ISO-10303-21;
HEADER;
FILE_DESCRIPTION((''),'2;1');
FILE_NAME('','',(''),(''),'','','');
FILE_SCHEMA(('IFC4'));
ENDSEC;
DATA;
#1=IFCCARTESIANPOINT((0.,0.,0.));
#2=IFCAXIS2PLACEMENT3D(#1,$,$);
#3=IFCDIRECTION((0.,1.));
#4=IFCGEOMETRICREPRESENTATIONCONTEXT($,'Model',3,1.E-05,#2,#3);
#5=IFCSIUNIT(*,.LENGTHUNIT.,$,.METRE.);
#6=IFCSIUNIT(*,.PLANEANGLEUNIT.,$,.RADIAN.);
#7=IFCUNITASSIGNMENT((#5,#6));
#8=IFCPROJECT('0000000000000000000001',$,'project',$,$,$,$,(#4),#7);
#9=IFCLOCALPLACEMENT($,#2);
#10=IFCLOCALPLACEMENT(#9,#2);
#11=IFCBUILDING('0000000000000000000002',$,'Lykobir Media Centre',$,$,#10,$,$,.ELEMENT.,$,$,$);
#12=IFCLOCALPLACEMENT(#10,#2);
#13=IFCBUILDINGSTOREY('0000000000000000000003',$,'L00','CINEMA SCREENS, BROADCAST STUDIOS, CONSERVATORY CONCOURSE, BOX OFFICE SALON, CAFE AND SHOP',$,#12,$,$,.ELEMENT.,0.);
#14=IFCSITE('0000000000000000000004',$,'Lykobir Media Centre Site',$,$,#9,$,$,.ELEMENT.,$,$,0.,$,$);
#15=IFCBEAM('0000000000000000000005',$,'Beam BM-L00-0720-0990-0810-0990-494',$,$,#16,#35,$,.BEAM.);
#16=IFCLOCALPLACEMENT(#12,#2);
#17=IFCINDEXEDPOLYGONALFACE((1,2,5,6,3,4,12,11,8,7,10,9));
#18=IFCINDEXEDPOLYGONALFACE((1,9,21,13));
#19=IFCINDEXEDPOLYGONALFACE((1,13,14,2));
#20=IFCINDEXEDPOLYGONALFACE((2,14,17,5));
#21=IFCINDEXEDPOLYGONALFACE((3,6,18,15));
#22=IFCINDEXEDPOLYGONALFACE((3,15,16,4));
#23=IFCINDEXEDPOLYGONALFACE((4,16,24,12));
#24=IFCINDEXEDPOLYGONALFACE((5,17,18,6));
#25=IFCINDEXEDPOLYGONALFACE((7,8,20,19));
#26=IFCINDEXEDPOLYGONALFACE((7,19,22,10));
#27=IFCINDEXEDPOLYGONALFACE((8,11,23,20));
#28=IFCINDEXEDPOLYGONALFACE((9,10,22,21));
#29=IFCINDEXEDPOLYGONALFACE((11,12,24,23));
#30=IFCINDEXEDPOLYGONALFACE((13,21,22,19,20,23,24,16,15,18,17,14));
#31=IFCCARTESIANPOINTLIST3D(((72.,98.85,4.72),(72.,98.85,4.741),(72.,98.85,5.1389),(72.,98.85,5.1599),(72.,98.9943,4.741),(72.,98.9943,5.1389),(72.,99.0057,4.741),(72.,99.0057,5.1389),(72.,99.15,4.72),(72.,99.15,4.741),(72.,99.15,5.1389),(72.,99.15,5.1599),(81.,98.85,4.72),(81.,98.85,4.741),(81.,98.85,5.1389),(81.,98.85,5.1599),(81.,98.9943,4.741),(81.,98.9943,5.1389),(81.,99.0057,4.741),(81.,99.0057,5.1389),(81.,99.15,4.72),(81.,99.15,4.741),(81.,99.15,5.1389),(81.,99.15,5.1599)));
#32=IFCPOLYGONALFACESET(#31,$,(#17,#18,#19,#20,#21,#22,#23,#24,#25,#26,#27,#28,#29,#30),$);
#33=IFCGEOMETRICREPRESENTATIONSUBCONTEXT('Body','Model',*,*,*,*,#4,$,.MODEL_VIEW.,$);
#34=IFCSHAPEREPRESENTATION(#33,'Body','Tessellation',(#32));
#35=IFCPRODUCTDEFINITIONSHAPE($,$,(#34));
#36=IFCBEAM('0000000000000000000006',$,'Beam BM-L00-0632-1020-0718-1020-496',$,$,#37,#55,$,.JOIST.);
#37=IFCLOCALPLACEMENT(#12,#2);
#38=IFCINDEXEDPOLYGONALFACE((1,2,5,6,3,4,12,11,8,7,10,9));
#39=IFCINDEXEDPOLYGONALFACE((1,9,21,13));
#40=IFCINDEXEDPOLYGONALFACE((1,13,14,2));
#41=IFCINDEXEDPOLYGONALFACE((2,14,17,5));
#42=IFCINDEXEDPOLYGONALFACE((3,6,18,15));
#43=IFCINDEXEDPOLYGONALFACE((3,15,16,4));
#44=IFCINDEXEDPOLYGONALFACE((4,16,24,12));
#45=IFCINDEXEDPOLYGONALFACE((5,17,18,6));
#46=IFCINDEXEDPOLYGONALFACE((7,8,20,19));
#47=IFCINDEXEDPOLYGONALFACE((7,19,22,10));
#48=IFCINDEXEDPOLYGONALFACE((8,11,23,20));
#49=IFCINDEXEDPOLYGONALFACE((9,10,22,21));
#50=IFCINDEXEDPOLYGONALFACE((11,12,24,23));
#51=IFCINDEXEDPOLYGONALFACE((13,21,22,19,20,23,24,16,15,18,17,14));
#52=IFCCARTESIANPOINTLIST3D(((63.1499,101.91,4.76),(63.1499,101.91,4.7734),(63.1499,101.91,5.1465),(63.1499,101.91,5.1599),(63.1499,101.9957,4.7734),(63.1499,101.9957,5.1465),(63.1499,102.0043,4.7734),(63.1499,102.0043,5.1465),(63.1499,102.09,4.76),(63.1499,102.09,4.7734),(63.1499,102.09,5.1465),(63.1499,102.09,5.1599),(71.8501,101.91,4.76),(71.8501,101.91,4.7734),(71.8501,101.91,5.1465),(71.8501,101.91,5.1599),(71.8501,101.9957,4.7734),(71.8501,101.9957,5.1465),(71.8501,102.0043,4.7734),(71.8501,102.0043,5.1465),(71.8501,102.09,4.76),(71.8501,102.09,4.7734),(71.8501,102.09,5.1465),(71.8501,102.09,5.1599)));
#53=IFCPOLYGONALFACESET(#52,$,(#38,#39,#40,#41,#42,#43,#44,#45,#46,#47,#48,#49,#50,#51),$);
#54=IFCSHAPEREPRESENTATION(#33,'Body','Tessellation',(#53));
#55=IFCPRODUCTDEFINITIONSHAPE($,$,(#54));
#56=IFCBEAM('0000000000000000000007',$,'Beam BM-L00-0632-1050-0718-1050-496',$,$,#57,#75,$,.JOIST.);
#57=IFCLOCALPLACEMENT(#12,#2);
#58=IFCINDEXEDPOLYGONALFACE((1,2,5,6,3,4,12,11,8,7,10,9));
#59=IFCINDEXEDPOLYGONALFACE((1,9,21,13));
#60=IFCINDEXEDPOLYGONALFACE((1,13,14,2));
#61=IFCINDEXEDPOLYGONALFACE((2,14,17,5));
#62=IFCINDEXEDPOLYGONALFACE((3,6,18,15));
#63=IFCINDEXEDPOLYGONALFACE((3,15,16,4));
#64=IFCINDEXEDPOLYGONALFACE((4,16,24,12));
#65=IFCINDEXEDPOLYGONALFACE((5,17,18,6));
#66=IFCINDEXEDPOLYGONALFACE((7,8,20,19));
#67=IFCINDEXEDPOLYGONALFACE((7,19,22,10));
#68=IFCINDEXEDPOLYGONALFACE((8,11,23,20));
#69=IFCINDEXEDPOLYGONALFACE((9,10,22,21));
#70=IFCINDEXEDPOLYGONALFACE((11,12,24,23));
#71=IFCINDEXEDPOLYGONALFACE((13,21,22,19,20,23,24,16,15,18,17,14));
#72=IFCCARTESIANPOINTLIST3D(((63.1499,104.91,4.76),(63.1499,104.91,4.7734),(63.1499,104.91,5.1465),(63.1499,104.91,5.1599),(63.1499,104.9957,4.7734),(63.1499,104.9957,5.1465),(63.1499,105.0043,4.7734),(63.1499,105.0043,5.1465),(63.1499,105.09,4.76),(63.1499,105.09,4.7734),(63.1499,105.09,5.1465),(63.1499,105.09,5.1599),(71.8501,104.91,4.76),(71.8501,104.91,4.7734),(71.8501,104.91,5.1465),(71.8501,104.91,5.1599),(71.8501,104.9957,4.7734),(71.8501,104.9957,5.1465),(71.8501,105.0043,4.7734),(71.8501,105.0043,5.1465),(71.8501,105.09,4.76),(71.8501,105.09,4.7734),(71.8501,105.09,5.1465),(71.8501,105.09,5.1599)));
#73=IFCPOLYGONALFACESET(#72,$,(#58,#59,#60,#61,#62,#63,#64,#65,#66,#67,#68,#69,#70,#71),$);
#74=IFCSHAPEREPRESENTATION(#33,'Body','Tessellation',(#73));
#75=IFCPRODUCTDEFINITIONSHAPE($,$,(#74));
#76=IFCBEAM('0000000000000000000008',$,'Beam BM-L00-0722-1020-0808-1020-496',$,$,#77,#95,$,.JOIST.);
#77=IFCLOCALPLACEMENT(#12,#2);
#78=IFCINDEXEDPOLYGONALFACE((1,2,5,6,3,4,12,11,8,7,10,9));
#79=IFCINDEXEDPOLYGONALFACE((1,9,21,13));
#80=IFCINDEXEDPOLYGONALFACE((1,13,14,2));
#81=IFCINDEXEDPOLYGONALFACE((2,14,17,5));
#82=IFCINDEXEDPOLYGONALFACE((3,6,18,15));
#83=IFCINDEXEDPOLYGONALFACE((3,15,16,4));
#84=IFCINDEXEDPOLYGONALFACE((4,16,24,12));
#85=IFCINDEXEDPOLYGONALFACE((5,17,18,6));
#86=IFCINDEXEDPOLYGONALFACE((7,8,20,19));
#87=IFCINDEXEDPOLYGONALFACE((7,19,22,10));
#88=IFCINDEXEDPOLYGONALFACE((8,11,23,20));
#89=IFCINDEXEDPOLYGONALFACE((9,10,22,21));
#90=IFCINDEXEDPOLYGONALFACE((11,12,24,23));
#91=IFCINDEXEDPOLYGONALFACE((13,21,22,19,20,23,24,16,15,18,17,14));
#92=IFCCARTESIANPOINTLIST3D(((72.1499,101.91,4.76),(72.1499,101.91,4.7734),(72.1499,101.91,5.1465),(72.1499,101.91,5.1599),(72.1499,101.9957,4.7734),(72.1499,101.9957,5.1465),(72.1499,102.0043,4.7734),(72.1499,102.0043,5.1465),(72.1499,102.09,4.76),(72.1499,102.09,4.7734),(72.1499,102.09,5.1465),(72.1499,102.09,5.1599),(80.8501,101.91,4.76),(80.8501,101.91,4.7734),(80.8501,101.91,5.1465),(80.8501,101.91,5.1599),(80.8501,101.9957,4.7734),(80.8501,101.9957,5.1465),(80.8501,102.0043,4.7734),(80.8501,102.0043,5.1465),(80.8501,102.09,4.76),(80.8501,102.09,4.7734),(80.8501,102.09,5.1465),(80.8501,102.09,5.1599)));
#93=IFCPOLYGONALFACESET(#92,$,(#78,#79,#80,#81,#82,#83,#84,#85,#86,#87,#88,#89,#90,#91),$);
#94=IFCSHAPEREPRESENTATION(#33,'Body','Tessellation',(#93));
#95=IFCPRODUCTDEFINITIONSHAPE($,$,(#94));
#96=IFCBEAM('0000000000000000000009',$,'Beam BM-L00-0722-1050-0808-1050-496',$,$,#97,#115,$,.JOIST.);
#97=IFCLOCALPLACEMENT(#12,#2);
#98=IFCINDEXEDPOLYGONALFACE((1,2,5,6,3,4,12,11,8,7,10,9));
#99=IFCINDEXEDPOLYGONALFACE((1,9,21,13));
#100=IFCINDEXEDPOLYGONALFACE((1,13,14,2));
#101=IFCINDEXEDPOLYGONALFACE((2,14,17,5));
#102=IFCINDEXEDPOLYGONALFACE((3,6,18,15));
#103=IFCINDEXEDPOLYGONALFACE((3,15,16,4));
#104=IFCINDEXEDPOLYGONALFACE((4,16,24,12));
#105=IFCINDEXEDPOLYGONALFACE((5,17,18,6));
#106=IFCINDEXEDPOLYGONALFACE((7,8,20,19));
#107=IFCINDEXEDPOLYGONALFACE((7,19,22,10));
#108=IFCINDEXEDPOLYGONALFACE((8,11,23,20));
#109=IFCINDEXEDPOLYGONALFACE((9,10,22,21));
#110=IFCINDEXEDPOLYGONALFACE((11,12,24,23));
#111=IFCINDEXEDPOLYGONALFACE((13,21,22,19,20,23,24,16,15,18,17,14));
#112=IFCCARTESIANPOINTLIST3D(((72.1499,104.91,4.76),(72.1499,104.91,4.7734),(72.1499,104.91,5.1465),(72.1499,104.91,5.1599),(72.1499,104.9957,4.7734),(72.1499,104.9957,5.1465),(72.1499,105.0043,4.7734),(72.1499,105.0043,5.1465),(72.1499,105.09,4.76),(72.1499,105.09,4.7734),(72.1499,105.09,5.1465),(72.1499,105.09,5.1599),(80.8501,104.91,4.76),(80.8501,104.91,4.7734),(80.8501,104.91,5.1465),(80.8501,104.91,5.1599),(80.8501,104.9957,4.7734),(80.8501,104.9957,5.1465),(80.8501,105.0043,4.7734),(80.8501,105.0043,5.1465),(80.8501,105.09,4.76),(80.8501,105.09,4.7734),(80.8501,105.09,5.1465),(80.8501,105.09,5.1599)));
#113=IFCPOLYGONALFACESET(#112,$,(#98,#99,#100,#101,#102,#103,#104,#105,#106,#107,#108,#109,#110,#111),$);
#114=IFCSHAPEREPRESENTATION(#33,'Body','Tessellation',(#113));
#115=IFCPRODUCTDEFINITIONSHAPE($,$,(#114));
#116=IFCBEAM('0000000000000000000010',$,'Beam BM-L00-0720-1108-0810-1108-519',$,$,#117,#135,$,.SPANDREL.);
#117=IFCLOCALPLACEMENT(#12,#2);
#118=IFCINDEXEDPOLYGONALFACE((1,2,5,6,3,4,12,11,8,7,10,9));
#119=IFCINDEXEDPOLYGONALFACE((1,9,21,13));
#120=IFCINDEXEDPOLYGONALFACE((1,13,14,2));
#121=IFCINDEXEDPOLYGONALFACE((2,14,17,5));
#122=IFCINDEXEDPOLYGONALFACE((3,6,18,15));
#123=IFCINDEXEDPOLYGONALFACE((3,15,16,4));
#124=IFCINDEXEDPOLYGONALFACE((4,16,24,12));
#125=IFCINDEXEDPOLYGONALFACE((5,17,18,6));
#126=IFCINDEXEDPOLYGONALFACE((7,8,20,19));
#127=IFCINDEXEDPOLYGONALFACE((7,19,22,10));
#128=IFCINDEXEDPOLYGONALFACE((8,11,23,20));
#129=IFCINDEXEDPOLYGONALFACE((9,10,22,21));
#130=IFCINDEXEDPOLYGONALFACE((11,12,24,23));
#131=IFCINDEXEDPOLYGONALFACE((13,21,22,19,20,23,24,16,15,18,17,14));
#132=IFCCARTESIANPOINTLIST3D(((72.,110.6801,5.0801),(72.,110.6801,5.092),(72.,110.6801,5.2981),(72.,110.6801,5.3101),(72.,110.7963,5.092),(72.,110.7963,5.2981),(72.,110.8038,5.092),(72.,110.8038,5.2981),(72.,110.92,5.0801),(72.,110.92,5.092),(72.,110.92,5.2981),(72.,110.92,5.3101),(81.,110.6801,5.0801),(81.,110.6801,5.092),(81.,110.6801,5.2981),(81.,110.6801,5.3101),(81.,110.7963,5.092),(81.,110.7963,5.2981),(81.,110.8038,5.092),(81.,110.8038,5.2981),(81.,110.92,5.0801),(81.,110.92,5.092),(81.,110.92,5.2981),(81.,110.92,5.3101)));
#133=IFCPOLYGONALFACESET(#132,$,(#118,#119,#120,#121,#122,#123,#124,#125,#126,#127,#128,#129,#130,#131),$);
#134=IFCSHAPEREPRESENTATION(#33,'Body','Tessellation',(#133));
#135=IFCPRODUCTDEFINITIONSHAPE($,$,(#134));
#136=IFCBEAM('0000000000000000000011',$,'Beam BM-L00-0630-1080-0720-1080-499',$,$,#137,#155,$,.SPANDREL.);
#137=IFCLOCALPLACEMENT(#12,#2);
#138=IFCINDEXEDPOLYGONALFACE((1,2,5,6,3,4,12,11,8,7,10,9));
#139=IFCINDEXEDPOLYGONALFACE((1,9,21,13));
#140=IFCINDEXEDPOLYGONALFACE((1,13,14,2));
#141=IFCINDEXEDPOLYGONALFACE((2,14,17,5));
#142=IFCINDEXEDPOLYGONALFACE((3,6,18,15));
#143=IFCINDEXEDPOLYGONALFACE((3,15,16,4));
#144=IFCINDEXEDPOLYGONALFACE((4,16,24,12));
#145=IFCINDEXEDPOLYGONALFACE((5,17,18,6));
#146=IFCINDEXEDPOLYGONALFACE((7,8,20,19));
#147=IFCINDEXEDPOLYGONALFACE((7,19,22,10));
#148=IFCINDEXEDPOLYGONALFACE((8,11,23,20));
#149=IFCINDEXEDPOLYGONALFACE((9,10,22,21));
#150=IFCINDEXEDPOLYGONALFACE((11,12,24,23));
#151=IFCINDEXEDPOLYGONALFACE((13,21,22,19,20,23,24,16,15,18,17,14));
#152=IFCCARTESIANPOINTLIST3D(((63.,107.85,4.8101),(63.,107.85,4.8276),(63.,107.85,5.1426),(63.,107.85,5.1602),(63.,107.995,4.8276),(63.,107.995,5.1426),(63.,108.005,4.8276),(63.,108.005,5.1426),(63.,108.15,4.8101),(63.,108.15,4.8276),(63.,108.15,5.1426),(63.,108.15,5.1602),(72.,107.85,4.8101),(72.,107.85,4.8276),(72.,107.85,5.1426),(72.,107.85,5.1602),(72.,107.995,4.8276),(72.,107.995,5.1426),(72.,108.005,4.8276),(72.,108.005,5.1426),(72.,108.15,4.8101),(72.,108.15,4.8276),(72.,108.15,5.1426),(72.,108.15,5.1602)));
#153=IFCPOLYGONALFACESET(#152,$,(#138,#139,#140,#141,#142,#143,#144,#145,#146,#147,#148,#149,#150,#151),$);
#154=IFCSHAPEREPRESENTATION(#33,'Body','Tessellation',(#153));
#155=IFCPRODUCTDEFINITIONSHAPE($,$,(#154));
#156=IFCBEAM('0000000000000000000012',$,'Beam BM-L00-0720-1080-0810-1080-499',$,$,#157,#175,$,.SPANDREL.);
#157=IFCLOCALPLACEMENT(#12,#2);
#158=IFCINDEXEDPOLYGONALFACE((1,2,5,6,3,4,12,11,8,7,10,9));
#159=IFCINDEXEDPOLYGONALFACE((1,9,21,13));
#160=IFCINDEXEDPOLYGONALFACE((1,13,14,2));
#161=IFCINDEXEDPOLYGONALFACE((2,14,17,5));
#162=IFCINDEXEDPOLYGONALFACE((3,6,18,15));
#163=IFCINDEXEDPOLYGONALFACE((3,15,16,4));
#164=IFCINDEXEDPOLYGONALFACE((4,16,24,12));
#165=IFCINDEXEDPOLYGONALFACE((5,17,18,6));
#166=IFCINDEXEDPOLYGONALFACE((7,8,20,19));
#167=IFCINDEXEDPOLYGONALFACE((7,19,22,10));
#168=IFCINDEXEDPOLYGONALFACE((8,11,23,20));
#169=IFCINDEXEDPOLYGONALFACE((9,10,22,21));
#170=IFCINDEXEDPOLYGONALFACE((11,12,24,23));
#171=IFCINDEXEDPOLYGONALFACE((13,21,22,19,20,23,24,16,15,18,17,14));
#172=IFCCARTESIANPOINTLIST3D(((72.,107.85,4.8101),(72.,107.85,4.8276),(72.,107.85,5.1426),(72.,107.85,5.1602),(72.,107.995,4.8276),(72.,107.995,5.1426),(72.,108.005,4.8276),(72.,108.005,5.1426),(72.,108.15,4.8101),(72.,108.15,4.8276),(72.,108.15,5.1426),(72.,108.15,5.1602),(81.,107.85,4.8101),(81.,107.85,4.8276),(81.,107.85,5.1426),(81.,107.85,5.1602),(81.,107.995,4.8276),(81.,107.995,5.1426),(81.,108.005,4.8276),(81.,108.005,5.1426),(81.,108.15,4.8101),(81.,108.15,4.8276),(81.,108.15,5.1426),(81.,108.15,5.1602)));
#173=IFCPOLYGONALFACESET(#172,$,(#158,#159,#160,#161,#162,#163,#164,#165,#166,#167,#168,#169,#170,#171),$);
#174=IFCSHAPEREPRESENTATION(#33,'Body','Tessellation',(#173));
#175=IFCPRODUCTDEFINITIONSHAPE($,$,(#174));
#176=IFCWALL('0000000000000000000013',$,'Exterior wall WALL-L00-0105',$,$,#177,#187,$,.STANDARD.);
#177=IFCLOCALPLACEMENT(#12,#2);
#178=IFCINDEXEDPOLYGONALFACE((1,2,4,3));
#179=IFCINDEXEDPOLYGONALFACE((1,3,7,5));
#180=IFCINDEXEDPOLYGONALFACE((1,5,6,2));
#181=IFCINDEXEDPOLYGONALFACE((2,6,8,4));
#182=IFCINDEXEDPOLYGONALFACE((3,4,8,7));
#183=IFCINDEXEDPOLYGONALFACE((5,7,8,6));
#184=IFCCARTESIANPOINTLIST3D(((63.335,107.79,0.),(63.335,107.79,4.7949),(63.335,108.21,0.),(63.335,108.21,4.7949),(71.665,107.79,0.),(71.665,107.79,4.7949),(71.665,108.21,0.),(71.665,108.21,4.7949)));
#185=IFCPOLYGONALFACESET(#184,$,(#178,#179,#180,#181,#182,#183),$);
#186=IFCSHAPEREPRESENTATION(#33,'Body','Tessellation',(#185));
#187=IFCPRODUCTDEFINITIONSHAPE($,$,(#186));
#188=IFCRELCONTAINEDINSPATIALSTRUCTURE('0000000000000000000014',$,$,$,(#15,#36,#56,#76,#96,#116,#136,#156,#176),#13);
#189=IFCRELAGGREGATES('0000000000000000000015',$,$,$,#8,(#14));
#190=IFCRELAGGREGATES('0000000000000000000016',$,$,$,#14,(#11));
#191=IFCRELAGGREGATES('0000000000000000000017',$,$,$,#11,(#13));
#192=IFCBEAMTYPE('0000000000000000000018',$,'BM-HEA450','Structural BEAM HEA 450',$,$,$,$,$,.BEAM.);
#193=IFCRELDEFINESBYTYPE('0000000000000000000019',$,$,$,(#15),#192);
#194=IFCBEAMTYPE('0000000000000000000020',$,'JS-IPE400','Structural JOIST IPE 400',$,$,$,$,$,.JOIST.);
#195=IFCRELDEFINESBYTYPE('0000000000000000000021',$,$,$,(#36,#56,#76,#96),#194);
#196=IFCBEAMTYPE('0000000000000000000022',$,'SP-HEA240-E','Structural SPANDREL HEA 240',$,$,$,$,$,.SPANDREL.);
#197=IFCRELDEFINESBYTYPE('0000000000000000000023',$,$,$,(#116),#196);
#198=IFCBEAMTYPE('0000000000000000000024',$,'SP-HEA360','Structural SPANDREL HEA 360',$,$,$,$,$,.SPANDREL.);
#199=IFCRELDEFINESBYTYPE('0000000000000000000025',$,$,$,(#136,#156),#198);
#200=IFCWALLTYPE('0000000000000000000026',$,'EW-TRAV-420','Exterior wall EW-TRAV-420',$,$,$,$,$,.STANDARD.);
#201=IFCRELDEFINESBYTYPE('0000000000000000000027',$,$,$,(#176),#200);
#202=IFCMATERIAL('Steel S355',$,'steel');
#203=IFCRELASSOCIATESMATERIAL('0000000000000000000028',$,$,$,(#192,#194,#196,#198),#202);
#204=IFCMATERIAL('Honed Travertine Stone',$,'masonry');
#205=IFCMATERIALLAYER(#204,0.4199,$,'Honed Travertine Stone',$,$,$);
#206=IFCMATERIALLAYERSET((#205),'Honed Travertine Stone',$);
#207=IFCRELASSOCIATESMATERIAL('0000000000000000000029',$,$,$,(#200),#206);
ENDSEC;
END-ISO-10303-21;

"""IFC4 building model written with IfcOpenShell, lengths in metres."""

from ifc_helpers import new_model, si_unit, direction, frame, frame_2d, origin, origin_2d, place, context, subcontext, project, spatial, rectangle, i_section, extrude, material, layer, layer_set, material_profile, profile_set, type_object, element, save


model = new_model("IFC4")

# Units and contexts
model_context = context("Model", 3, precision=1e-05, world=origin(), true_north=direction((0.0, 1.0)))
body_context = subcontext(model_context, "Body", "Model", "MODEL_VIEW")
ifc_project = project(units=[si_unit("LENGTHUNIT", "METRE"), si_unit("PLANEANGLEUNIT", "RADIAN")], contexts=[model_context])

# Site, building, storey
site_placement = place(None, origin())
site = spatial("IfcSite", under=ifc_project, at=site_placement, Name="Lykobir Media Centre Site", CompositionType="ELEMENT", RefElevation=0.0)
building_placement = place(site_placement, origin())
building = spatial("IfcBuilding", under=site, at=building_placement, Name="Lykobir Media Centre", CompositionType="ELEMENT")
storey_placement = place(building_placement, origin())
storey = spatial("IfcBuildingStorey", under=building, at=storey_placement, Name="L00", Description="CINEMA SCREENS, BROADCAST STUDIOS, CONSERVATORY CONCOURSE, BOX OFFICE SALON, CAFE AND SHOP", CompositionType="ELEMENT", Elevation=0.0)

# Shared definitions
ifc_material_1 = material(Name="Honed Travertine Stone", Category="masonry")
ifc_material_2 = material(Name="Steel S355", Category="steel")

# Beams
ifc_material_profile_1 = material_profile(ifc_material_2, i_section(OverallWidth=0.3, OverallDepth=0.4399, WebThickness=0.0115, FlangeThickness=0.021, at=origin_2d()), Name="HEA 450")
ifc_profile_set_1 = profile_set([ifc_material_profile_1], Name="Steel S355")
beam_type_1 = type_object("IfcBeamType", Name="BM-HEA450", Description="Structural BEAM HEA 450", PredefinedType="BEAM", material=ifc_profile_set_1)
beam_1_placement = place(storey_placement, frame((72.0, 99.0, 4.9399), z_axis=(1.0, 0.0, 0.0), x_axis=(0.0, 1.0, 0.0)))
element("IfcBeam", 1, at=beam_1_placement, inside=storey, type_object=beam_type_1, Name="Beam BM-L00-0720-0990-0810-0990-494", PredefinedType="BEAM", context=body_context, shape_type="SweptSolid", body=[
    extrude(i_section(OverallWidth=0.3, OverallDepth=0.4399, WebThickness=0.0115, FlangeThickness=0.021, at=origin_2d()), origin(), (0.0, 0.0, 1.0), 9.0),
])
ifc_material_profile_2 = material_profile(ifc_material_2, i_section(OverallWidth=0.1799, OverallDepth=0.3999, WebThickness=0.0085, FlangeThickness=0.0134, at=origin_2d()), Name="IPE 400")
ifc_profile_set_2 = profile_set([ifc_material_profile_2], Name="Steel S355")
beam_type_2 = type_object("IfcBeamType", Name="JS-IPE400", Description="Structural JOIST IPE 400", PredefinedType="JOIST", material=ifc_profile_set_2)
for number, where, z_axis, x_axis, name in (
    (2, (63.1499, 102.0, 4.96), (1.0, 0.0, 0.0), (0.0, 1.0, 0.0), "Beam BM-L00-0632-1020-0718-1020-496"),
    (3, (63.1499, 105.0, 4.96), (1.0, 0.0, 0.0), (0.0, 1.0, 0.0), "Beam BM-L00-0632-1050-0718-1050-496"),
    (4, (72.1499, 102.0, 4.96), (1.0, 0.0, 0.0), (0.0, 1.0, 0.0), "Beam BM-L00-0722-1020-0808-1020-496"),
    (5, (72.1499, 105.0, 4.96), (1.0, 0.0, 0.0), (0.0, 1.0, 0.0), "Beam BM-L00-0722-1050-0808-1050-496"),
):
    element("IfcBeam", number, at=place(storey_placement, frame(where, z_axis=z_axis, x_axis=x_axis)), inside=storey, type_object=beam_type_2, Name=name, PredefinedType="JOIST", context=body_context, shape_type="SweptSolid", body=[
        extrude(i_section(OverallWidth=0.1799, OverallDepth=0.3999, WebThickness=0.0085, FlangeThickness=0.0134, at=origin_2d()), origin(), (0.0, 0.0, 1.0), 8.7002),
    ])
ifc_material_profile_3 = material_profile(ifc_material_2, i_section(OverallWidth=0.24, OverallDepth=0.23, WebThickness=0.0076, FlangeThickness=0.012, at=origin_2d()), Name="HEA 240")
ifc_profile_set_3 = profile_set([ifc_material_profile_3], Name="Steel S355")
beam_type_3 = type_object("IfcBeamType", Name="SP-HEA240-E", Description="Structural SPANDREL HEA 240", PredefinedType="SPANDREL", material=ifc_profile_set_3)
beam_2_placement = place(storey_placement, frame((72.0, 110.8, 5.1951), z_axis=(1.0, 0.0, 0.0), x_axis=(0.0, 1.0, 0.0)))
element("IfcBeam", 6, at=beam_2_placement, inside=storey, type_object=beam_type_3, Name="Beam BM-L00-0720-1108-0810-1108-519", PredefinedType="SPANDREL", context=body_context, shape_type="SweptSolid", body=[
    extrude(i_section(OverallWidth=0.24, OverallDepth=0.23, WebThickness=0.0076, FlangeThickness=0.012, at=origin_2d()), origin(), (0.0, 0.0, 1.0), 9.0),
])
ifc_material_profile_4 = material_profile(ifc_material_2, i_section(OverallWidth=0.3, OverallDepth=0.3501, WebThickness=0.01, FlangeThickness=0.0176, at=origin_2d()), Name="HEA 360")
ifc_profile_set_4 = profile_set([ifc_material_profile_4], Name="Steel S355")
beam_type_4 = type_object("IfcBeamType", Name="SP-HEA360", Description="Structural SPANDREL HEA 360", PredefinedType="SPANDREL", material=ifc_profile_set_4)
for number, where, z_axis, x_axis, name in (
    (7, (63.0, 108.0, 4.9851), (1.0, 0.0, 0.0), (0.0, 1.0, 0.0), "Beam BM-L00-0630-1080-0720-1080-499"),
    (8, (72.0, 108.0, 4.9851), (1.0, 0.0, 0.0), (0.0, 1.0, 0.0), "Beam BM-L00-0720-1080-0810-1080-499"),
):
    element("IfcBeam", number, at=place(storey_placement, frame(where, z_axis=z_axis, x_axis=x_axis)), inside=storey, type_object=beam_type_4, Name=name, PredefinedType="SPANDREL", context=body_context, shape_type="SweptSolid", body=[
        extrude(i_section(OverallWidth=0.3, OverallDepth=0.3501, WebThickness=0.01, FlangeThickness=0.0176, at=origin_2d()), origin(), (0.0, 0.0, 1.0), 9.0),
    ])

# Wall
ifc_layer_1 = layer(ifc_material_1, 0.4199, Name="Honed Travertine Stone")
ifc_layer_set_1 = layer_set([ifc_layer_1], Name="Honed Travertine Stone")
wall_type = type_object("IfcWallType", Name="EW-TRAV-420", Description="Exterior wall EW-TRAV-420", PredefinedType="STANDARD", material=ifc_layer_set_1)
wall_1_placement = place(storey_placement, frame((71.665, 108.0, 0.0), z_axis=(0.0, 0.0, 1.0), x_axis=(-1.0, 0.0, 0.0)))
element("IfcWall", 9, at=wall_1_placement, inside=storey, type_object=wall_type, Name="Exterior wall WALL-L00-0105", PredefinedType="STANDARD", context=body_context, shape_type="SweptSolid", body=[
    extrude(rectangle(XDim=8.3301, YDim=0.4199, at=frame_2d((4.165, 0.0))), origin(), (0.0, 0.0, 1.0), 4.7949),
])

save(model, "model.ifc")
